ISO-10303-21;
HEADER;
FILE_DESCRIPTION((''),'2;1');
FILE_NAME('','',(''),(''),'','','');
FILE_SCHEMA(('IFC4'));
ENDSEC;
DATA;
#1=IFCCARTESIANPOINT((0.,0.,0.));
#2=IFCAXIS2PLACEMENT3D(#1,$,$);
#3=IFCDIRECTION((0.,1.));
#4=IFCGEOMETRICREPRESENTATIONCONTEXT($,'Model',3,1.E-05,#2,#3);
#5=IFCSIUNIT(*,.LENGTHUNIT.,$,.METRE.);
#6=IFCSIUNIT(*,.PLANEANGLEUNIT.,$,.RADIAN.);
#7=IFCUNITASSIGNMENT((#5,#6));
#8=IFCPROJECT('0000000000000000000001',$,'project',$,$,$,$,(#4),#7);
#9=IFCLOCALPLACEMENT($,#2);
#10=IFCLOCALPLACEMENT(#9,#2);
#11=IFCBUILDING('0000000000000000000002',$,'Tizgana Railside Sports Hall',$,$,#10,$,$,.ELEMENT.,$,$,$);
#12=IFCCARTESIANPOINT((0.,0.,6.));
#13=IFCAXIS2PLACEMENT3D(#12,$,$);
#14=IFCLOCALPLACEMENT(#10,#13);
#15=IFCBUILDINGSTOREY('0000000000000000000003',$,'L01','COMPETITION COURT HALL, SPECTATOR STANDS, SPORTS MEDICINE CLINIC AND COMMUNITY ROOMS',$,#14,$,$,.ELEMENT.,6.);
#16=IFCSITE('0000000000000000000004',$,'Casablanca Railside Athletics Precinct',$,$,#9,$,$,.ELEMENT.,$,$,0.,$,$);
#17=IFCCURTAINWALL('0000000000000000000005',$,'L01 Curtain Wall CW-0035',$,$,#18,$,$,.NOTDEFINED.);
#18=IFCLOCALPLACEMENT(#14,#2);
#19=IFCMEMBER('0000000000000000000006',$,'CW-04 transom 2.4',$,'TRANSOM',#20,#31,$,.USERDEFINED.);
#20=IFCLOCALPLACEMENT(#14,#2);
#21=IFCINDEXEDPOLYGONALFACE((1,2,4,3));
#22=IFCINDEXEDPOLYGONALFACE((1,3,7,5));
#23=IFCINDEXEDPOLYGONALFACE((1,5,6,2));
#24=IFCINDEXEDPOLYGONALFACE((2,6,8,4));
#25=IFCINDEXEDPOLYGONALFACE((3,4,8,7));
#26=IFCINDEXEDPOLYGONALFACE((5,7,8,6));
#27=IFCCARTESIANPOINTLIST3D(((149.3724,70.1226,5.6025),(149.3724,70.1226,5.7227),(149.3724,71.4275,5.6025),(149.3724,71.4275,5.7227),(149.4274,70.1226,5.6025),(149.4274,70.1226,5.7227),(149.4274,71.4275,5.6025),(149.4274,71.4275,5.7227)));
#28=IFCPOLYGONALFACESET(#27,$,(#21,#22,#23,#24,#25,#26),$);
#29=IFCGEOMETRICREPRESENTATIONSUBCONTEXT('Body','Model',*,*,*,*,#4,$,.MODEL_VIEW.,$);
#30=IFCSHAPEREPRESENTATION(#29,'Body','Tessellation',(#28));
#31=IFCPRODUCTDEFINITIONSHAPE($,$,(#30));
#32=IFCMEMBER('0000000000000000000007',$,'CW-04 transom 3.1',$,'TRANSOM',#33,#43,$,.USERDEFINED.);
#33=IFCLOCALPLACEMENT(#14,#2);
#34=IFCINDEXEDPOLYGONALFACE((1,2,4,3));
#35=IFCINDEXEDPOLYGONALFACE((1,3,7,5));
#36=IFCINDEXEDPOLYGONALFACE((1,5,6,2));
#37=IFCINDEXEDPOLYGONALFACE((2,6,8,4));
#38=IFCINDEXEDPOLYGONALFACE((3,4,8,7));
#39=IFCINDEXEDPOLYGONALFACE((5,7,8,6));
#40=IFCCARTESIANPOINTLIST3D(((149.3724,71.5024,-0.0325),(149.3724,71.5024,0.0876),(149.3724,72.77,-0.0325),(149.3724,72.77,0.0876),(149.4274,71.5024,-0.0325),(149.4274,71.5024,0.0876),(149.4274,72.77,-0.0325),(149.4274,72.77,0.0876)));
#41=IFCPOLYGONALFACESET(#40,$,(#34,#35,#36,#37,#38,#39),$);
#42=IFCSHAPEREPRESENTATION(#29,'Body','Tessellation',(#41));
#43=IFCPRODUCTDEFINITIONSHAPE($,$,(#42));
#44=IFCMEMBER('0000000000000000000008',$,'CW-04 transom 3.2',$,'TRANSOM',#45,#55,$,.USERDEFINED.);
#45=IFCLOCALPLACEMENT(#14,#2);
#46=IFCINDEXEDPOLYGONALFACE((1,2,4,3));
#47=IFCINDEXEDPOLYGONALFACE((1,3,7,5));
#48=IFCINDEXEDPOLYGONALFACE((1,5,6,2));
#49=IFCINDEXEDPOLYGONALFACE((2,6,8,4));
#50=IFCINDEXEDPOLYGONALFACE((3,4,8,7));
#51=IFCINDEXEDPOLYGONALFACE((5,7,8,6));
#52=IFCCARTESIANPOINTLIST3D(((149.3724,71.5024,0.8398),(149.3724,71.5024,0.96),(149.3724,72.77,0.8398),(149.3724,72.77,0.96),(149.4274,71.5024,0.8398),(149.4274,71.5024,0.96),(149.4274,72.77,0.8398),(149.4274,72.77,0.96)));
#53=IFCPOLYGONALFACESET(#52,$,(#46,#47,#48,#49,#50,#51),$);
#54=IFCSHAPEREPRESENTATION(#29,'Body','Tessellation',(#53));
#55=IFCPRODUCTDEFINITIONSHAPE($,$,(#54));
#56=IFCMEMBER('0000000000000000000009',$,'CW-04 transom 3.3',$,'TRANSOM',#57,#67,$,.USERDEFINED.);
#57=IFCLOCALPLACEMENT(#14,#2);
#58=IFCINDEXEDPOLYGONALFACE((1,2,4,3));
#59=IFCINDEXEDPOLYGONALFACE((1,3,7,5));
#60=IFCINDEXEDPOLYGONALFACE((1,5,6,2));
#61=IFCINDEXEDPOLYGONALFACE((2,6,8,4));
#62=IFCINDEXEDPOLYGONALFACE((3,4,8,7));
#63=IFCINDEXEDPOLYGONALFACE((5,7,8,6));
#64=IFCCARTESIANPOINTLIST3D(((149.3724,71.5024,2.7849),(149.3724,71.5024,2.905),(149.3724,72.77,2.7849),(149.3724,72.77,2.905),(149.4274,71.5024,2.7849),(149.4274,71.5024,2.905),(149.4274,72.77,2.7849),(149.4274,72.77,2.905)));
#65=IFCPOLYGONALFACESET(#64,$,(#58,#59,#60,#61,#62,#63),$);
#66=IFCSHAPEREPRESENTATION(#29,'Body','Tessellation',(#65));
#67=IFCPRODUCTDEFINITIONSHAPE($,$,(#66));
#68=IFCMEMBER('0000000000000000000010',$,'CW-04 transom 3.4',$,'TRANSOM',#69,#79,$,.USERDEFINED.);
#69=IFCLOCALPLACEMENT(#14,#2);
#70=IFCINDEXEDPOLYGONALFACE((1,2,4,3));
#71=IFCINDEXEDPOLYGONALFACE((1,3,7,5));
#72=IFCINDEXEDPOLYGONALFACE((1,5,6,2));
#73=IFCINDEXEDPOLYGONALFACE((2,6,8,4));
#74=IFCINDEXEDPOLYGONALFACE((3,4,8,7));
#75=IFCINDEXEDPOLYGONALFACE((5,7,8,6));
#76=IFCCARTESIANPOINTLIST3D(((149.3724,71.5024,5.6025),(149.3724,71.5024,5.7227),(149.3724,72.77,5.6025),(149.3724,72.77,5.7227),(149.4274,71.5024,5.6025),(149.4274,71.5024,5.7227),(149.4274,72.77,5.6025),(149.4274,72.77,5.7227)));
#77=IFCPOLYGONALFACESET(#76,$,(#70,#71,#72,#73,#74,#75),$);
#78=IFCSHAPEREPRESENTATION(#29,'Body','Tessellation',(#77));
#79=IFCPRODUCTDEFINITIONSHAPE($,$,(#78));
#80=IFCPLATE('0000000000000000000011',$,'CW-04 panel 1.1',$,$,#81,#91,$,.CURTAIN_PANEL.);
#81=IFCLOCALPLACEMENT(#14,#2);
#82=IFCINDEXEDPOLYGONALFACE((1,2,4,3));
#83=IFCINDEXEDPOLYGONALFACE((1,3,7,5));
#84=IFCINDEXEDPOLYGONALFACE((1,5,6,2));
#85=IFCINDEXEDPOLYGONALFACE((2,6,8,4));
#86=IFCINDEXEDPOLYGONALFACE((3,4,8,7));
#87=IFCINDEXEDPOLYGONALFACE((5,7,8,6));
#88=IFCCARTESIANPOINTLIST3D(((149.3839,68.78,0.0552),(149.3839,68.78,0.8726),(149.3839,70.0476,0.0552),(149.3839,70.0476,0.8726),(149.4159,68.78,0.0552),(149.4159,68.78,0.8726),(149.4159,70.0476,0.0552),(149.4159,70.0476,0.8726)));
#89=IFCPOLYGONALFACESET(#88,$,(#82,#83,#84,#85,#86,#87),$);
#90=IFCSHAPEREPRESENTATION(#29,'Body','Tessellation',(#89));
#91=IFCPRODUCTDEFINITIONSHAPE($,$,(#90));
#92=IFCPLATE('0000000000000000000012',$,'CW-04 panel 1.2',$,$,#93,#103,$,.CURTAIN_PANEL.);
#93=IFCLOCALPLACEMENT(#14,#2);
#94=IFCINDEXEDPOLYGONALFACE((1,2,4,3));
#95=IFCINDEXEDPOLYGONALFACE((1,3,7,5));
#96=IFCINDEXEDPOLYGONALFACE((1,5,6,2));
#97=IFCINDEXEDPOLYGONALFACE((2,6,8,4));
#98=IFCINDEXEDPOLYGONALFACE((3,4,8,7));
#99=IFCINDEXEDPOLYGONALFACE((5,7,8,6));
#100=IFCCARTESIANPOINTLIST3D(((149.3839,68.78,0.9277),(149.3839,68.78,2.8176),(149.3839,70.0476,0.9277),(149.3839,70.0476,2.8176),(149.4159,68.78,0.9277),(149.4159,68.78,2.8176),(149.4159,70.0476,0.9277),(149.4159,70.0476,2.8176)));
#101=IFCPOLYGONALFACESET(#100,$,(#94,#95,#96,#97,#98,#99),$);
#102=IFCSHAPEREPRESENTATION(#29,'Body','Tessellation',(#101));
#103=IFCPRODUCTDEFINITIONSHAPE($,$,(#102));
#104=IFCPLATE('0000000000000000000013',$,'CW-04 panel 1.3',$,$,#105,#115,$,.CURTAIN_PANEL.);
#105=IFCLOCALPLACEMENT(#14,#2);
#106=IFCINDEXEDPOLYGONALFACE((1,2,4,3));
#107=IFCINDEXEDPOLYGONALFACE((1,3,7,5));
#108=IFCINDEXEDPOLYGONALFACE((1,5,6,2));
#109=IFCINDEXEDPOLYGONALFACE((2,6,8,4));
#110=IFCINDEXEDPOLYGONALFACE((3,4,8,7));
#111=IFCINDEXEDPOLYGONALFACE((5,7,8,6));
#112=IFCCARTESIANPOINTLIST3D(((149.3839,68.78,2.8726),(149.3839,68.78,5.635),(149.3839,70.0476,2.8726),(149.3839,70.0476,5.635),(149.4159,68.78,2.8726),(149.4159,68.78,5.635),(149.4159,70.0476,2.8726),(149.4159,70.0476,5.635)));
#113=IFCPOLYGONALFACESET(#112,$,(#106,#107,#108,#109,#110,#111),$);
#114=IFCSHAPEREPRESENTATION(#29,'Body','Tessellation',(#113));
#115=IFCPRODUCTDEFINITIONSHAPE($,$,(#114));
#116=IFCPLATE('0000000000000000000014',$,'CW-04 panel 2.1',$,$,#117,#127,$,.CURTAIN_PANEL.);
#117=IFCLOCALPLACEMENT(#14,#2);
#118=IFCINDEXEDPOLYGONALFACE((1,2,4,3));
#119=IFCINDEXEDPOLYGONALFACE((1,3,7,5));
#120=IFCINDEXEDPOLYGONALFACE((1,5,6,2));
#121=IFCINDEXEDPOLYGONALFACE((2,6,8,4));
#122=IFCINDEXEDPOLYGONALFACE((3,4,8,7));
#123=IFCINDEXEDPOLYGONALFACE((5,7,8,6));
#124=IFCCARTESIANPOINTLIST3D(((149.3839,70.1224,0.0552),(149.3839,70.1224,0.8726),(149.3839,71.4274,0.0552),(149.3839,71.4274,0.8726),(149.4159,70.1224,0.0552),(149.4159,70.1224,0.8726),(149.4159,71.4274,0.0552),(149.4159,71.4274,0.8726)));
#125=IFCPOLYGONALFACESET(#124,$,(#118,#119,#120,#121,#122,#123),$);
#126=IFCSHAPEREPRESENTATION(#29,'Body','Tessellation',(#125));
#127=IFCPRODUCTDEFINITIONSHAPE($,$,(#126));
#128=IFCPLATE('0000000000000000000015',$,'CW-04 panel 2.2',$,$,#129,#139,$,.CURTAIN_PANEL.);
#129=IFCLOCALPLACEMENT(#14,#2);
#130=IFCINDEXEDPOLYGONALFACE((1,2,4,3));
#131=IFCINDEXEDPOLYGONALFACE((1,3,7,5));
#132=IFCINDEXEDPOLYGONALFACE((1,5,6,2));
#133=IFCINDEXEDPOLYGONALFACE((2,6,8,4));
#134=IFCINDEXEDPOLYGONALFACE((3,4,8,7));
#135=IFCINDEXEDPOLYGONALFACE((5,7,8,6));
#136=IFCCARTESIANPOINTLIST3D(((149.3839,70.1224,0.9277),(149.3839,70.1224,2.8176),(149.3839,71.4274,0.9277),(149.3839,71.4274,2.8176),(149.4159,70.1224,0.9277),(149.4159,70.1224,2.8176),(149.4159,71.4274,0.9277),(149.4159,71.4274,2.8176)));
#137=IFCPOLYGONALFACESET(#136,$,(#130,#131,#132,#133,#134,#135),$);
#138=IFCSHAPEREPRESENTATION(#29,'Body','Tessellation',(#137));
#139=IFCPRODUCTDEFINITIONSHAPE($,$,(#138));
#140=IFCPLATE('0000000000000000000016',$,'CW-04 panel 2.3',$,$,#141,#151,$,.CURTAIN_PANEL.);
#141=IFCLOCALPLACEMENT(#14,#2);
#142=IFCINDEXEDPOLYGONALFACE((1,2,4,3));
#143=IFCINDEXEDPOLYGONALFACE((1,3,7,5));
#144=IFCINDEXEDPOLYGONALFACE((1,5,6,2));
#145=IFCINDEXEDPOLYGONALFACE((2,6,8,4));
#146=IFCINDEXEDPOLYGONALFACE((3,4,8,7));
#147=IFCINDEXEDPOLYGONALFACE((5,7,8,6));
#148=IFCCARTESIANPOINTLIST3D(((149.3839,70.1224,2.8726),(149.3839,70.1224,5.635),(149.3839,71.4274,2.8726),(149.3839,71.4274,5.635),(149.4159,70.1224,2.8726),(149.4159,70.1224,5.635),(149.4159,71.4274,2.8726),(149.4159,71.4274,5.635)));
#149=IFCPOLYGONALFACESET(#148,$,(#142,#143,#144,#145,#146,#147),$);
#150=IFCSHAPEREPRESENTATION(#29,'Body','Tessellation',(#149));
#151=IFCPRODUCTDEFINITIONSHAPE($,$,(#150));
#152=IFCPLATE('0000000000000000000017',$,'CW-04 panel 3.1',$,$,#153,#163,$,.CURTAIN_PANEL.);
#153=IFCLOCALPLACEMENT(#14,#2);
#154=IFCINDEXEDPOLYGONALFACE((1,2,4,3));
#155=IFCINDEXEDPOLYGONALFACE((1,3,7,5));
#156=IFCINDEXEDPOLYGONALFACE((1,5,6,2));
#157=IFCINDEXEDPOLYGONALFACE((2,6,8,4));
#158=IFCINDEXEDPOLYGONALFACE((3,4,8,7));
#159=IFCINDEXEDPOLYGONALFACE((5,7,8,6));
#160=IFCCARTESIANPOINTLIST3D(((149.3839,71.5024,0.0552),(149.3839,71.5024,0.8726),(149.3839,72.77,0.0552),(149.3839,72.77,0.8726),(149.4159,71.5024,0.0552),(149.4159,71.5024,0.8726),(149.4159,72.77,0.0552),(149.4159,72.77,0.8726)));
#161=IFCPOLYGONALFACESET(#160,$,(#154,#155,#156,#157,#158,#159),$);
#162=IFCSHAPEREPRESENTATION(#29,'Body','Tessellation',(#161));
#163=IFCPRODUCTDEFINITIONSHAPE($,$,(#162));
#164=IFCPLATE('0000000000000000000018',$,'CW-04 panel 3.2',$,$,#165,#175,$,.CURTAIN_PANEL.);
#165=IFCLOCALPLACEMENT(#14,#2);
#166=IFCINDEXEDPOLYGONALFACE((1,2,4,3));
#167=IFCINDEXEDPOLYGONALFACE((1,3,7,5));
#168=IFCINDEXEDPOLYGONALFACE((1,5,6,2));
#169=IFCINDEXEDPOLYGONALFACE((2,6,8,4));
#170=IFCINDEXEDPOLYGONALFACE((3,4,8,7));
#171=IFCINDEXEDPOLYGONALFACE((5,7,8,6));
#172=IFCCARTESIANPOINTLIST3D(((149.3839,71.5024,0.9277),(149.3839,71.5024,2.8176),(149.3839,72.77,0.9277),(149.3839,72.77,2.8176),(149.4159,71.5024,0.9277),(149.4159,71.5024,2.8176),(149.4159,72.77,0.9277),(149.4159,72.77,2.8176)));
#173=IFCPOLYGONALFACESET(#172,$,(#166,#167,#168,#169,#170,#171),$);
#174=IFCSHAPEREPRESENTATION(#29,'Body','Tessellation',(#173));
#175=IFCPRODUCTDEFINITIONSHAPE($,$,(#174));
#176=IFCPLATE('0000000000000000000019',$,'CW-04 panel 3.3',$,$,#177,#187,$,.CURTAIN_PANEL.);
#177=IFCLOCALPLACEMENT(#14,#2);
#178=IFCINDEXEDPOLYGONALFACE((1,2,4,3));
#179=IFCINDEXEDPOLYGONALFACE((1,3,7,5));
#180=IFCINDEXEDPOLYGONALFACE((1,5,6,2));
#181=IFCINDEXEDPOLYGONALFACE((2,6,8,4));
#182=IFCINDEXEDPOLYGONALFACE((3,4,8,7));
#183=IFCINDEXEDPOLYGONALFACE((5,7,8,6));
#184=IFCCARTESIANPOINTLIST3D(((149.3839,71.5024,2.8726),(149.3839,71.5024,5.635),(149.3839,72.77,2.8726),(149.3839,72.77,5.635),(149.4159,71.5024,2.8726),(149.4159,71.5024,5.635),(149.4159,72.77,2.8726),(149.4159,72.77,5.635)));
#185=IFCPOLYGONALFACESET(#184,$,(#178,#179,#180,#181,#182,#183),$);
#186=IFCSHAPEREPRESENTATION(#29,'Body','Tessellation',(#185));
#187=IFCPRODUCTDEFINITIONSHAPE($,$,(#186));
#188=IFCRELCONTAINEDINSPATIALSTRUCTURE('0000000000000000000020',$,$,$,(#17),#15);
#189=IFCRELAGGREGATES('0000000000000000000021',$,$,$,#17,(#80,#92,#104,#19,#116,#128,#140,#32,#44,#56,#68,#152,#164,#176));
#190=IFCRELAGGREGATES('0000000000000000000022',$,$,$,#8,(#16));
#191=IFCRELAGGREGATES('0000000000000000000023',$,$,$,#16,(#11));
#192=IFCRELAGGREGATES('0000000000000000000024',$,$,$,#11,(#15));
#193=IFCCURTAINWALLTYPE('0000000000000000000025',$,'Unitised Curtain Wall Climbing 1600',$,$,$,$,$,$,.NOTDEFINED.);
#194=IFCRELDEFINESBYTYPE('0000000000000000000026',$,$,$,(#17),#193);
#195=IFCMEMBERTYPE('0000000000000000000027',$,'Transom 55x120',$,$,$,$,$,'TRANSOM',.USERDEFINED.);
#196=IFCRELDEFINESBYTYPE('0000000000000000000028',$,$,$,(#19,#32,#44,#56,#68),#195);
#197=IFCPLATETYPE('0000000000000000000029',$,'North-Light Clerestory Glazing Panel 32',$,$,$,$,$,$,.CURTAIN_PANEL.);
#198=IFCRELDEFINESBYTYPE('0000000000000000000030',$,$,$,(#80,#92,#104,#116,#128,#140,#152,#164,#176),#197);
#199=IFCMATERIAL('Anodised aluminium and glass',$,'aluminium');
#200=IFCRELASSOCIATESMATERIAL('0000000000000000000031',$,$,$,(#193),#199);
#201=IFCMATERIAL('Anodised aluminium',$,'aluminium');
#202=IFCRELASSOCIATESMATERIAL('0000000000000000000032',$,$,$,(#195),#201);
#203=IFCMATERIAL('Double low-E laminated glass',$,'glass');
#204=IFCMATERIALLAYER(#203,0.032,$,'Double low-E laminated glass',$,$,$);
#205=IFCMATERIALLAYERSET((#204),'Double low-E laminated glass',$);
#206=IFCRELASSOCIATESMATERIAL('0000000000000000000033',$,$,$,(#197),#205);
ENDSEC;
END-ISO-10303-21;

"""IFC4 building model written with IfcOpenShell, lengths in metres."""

from ifc_helpers import new_model, si_unit, direction, frame, origin, origin_2d, place, context, subcontext, project, spatial, rectangle, extrude, material, layer, layer_set, material_profile, profile_set, type_object, element, aggregate, save


model = new_model("IFC4")

# Units and contexts
model_context = context("Model", 3, precision=1e-05, world=origin(), true_north=direction((0.0, 1.0)))
body_context = subcontext(model_context, "Body", "Model", "MODEL_VIEW")
ifc_project = project(units=[si_unit("LENGTHUNIT", "METRE"), si_unit("PLANEANGLEUNIT", "RADIAN")], contexts=[model_context])

# Site, building, storey
site_placement = place(None, origin())
site = spatial("IfcSite", under=ifc_project, at=site_placement, Name="Casablanca Railside Athletics Precinct", CompositionType="ELEMENT", RefElevation=0.0)
building_placement = place(site_placement, origin())
building = spatial("IfcBuilding", under=site, at=building_placement, Name="Tizgana Railside Sports Hall", CompositionType="ELEMENT")
storey_placement = place(building_placement, frame((0.0, 0.0, 6.0)))
storey = spatial("IfcBuildingStorey", under=building, at=storey_placement, Name="L01", Description="COMPETITION COURT HALL, SPECTATOR STANDS, SPORTS MEDICINE CLINIC AND COMMUNITY ROOMS", CompositionType="ELEMENT", Elevation=6.0)

# Shared definitions
ifc_material_1 = material(Name="Anodised aluminium and glass", Category="aluminium")
ifc_material_2 = material(Name="Anodised aluminium", Category="aluminium")

# Curtain wall, members, plates
curtain_wall_type_1 = type_object("IfcCurtainWallType", Name="Unitised Curtain Wall Climbing 1600", PredefinedType="NOTDEFINED", material=ifc_material_1)
curtain_wall_1_placement = place(storey_placement, origin())
curtain_wall_1 = element("IfcCurtainWall", 1, at=curtain_wall_1_placement, inside=storey, type_object=curtain_wall_type_1, Name="L01 Curtain Wall CW-0035", PredefinedType="NOTDEFINED")
ifc_material_profile_1 = material_profile(ifc_material_2, rectangle(XDim=0.0549, YDim=0.1201, at=origin_2d()), Name="Transom 55x120")
ifc_profile_set_1 = profile_set([ifc_material_profile_1], Name="Anodised aluminium")
member_type_1 = type_object("IfcMemberType", Name="Transom 55x120", ElementType="TRANSOM", PredefinedType="USERDEFINED", material=ifc_profile_set_1)
member_1_placement = place(storey_placement, frame((149.3999, 70.1226, 5.6626), z_axis=(0.0, 1.0, 0.0), x_axis=(-1.0, 0.0, 0.0)))
member_1 = element("IfcMember", 2, at=member_1_placement, type_object=member_type_1, Name="CW-04 transom 2.4", ObjectType="TRANSOM", PredefinedType="USERDEFINED", context=body_context, shape_type="SweptSolid", body=[
    extrude(rectangle(XDim=0.0549, YDim=0.1201, at=origin_2d()), origin(), (0.0, 0.0, 1.0), 1.3049),
])
member_2_placement = place(storey_placement, frame((149.3999, 71.5024, 0.0276), z_axis=(0.0, 1.0, 0.0), x_axis=(-1.0, 0.0, 0.0)))
member_2 = element("IfcMember", 3, at=member_2_placement, type_object=member_type_1, Name="CW-04 transom 3.1", ObjectType="TRANSOM", PredefinedType="USERDEFINED", context=body_context, shape_type="SweptSolid", body=[
    extrude(rectangle(XDim=0.0549, YDim=0.1201, at=origin_2d()), origin(), (0.0, 0.0, 1.0), 1.2676),
])
member_3_placement = place(storey_placement, frame((149.3999, 71.5024, 0.8999), z_axis=(0.0, 1.0, 0.0), x_axis=(-1.0, 0.0, 0.0)))
member_3 = element("IfcMember", 4, at=member_3_placement, type_object=member_type_1, Name="CW-04 transom 3.2", ObjectType="TRANSOM", PredefinedType="USERDEFINED", context=body_context, shape_type="SweptSolid", body=[
    extrude(rectangle(XDim=0.0549, YDim=0.1201, at=origin_2d()), origin(), (0.0, 0.0, 1.0), 1.2676),
])
member_4_placement = place(storey_placement, frame((149.3999, 71.5024, 2.845), z_axis=(0.0, 1.0, 0.0), x_axis=(-1.0, 0.0, 0.0)))
member_4 = element("IfcMember", 5, at=member_4_placement, type_object=member_type_1, Name="CW-04 transom 3.3", ObjectType="TRANSOM", PredefinedType="USERDEFINED", context=body_context, shape_type="SweptSolid", body=[
    extrude(rectangle(XDim=0.0549, YDim=0.1201, at=origin_2d()), origin(), (0.0, 0.0, 1.0), 1.2676),
])
member_5_placement = place(storey_placement, frame((149.3999, 71.5024, 5.6626), z_axis=(0.0, 1.0, 0.0), x_axis=(-1.0, 0.0, 0.0)))
member_5 = element("IfcMember", 6, at=member_5_placement, type_object=member_type_1, Name="CW-04 transom 3.4", ObjectType="TRANSOM", PredefinedType="USERDEFINED", context=body_context, shape_type="SweptSolid", body=[
    extrude(rectangle(XDim=0.0549, YDim=0.1201, at=origin_2d()), origin(), (0.0, 0.0, 1.0), 1.2676),
])
ifc_material_3 = material(Name="Double low-E laminated glass", Category="glass")
ifc_layer_1 = layer(ifc_material_3, 0.032, Name="Double low-E laminated glass")
ifc_layer_set_1 = layer_set([ifc_layer_1], Name="Double low-E laminated glass")
plate_type = type_object("IfcPlateType", Name="North-Light Clerestory Glazing Panel 32", PredefinedType="CURTAIN_PANEL", material=ifc_layer_set_1)
plate_1_placement = place(storey_placement, frame((149.3999, 69.4138, 0.0552), z_axis=(0.0, 0.0, 1.0), x_axis=(0.0, 1.0, 0.0)))
plate_1 = element("IfcPlate", 7, at=plate_1_placement, type_object=plate_type, Name="CW-04 panel 1.1", PredefinedType="CURTAIN_PANEL", context=body_context, shape_type="SweptSolid", body=[
    extrude(rectangle(XDim=1.2676, YDim=0.032, at=origin_2d()), origin(), (0.0, 0.0, 1.0), 0.8174),
])
plate_2_placement = place(storey_placement, frame((149.3999, 69.4138, 0.9277), z_axis=(0.0, 0.0, 1.0), x_axis=(0.0, 1.0, 0.0)))
plate_2 = element("IfcPlate", 8, at=plate_2_placement, type_object=plate_type, Name="CW-04 panel 1.2", PredefinedType="CURTAIN_PANEL", context=body_context, shape_type="SweptSolid", body=[
    extrude(rectangle(XDim=1.2676, YDim=0.032, at=origin_2d()), origin(), (0.0, 0.0, 1.0), 1.8899),
])
plate_3_placement = place(storey_placement, frame((149.3999, 69.4138, 2.8726), z_axis=(0.0, 0.0, 1.0), x_axis=(0.0, 1.0, 0.0)))
plate_3 = element("IfcPlate", 9, at=plate_3_placement, type_object=plate_type, Name="CW-04 panel 1.3", PredefinedType="CURTAIN_PANEL", context=body_context, shape_type="SweptSolid", body=[
    extrude(rectangle(XDim=1.2676, YDim=0.032, at=origin_2d()), origin(), (0.0, 0.0, 1.0), 2.7625),
])
plate_4_placement = place(storey_placement, frame((149.3999, 70.7749, 0.0552), z_axis=(0.0, 0.0, 1.0), x_axis=(0.0, 1.0, 0.0)))
plate_4 = element("IfcPlate", 10, at=plate_4_placement, type_object=plate_type, Name="CW-04 panel 2.1", PredefinedType="CURTAIN_PANEL", context=body_context, shape_type="SweptSolid", body=[
    extrude(rectangle(XDim=1.3049, YDim=0.032, at=origin_2d()), origin(), (0.0, 0.0, 1.0), 0.8174),
])
plate_5_placement = place(storey_placement, frame((149.3999, 70.7749, 0.9277), z_axis=(0.0, 0.0, 1.0), x_axis=(0.0, 1.0, 0.0)))
plate_5 = element("IfcPlate", 11, at=plate_5_placement, type_object=plate_type, Name="CW-04 panel 2.2", PredefinedType="CURTAIN_PANEL", context=body_context, shape_type="SweptSolid", body=[
    extrude(rectangle(XDim=1.3049, YDim=0.032, at=origin_2d()), origin(), (0.0, 0.0, 1.0), 1.8899),
])
plate_6_placement = place(storey_placement, frame((149.3999, 70.7749, 2.8726), z_axis=(0.0, 0.0, 1.0), x_axis=(0.0, 1.0, 0.0)))
plate_6 = element("IfcPlate", 12, at=plate_6_placement, type_object=plate_type, Name="CW-04 panel 2.3", PredefinedType="CURTAIN_PANEL", context=body_context, shape_type="SweptSolid", body=[
    extrude(rectangle(XDim=1.3049, YDim=0.032, at=origin_2d()), origin(), (0.0, 0.0, 1.0), 2.7625),
])
plate_7_placement = place(storey_placement, frame((149.3999, 72.1362, 0.0552), z_axis=(0.0, 0.0, 1.0), x_axis=(0.0, 1.0, 0.0)))
plate_7 = element("IfcPlate", 13, at=plate_7_placement, type_object=plate_type, Name="CW-04 panel 3.1", PredefinedType="CURTAIN_PANEL", context=body_context, shape_type="SweptSolid", body=[
    extrude(rectangle(XDim=1.2676, YDim=0.032, at=origin_2d()), origin(), (0.0, 0.0, 1.0), 0.8174),
])
plate_8_placement = place(storey_placement, frame((149.3999, 72.1362, 0.9277), z_axis=(0.0, 0.0, 1.0), x_axis=(0.0, 1.0, 0.0)))
plate_8 = element("IfcPlate", 14, at=plate_8_placement, type_object=plate_type, Name="CW-04 panel 3.2", PredefinedType="CURTAIN_PANEL", context=body_context, shape_type="SweptSolid", body=[
    extrude(rectangle(XDim=1.2676, YDim=0.032, at=origin_2d()), origin(), (0.0, 0.0, 1.0), 1.8899),
])
plate_9_placement = place(storey_placement, frame((149.3999, 72.1362, 2.8726), z_axis=(0.0, 0.0, 1.0), x_axis=(0.0, 1.0, 0.0)))
plate_9 = element("IfcPlate", 15, at=plate_9_placement, type_object=plate_type, Name="CW-04 panel 3.3", PredefinedType="CURTAIN_PANEL", context=body_context, shape_type="SweptSolid", body=[
    extrude(rectangle(XDim=1.2676, YDim=0.032, at=origin_2d()), origin(), (0.0, 0.0, 1.0), 2.7625),
])
aggregate(curtain_wall_1, [plate_1, plate_2, plate_3, member_1, plate_4, plate_5, plate_6, member_2, member_3, member_4, member_5, plate_7, plate_8, plate_9])

save(model, "model.ifc")
